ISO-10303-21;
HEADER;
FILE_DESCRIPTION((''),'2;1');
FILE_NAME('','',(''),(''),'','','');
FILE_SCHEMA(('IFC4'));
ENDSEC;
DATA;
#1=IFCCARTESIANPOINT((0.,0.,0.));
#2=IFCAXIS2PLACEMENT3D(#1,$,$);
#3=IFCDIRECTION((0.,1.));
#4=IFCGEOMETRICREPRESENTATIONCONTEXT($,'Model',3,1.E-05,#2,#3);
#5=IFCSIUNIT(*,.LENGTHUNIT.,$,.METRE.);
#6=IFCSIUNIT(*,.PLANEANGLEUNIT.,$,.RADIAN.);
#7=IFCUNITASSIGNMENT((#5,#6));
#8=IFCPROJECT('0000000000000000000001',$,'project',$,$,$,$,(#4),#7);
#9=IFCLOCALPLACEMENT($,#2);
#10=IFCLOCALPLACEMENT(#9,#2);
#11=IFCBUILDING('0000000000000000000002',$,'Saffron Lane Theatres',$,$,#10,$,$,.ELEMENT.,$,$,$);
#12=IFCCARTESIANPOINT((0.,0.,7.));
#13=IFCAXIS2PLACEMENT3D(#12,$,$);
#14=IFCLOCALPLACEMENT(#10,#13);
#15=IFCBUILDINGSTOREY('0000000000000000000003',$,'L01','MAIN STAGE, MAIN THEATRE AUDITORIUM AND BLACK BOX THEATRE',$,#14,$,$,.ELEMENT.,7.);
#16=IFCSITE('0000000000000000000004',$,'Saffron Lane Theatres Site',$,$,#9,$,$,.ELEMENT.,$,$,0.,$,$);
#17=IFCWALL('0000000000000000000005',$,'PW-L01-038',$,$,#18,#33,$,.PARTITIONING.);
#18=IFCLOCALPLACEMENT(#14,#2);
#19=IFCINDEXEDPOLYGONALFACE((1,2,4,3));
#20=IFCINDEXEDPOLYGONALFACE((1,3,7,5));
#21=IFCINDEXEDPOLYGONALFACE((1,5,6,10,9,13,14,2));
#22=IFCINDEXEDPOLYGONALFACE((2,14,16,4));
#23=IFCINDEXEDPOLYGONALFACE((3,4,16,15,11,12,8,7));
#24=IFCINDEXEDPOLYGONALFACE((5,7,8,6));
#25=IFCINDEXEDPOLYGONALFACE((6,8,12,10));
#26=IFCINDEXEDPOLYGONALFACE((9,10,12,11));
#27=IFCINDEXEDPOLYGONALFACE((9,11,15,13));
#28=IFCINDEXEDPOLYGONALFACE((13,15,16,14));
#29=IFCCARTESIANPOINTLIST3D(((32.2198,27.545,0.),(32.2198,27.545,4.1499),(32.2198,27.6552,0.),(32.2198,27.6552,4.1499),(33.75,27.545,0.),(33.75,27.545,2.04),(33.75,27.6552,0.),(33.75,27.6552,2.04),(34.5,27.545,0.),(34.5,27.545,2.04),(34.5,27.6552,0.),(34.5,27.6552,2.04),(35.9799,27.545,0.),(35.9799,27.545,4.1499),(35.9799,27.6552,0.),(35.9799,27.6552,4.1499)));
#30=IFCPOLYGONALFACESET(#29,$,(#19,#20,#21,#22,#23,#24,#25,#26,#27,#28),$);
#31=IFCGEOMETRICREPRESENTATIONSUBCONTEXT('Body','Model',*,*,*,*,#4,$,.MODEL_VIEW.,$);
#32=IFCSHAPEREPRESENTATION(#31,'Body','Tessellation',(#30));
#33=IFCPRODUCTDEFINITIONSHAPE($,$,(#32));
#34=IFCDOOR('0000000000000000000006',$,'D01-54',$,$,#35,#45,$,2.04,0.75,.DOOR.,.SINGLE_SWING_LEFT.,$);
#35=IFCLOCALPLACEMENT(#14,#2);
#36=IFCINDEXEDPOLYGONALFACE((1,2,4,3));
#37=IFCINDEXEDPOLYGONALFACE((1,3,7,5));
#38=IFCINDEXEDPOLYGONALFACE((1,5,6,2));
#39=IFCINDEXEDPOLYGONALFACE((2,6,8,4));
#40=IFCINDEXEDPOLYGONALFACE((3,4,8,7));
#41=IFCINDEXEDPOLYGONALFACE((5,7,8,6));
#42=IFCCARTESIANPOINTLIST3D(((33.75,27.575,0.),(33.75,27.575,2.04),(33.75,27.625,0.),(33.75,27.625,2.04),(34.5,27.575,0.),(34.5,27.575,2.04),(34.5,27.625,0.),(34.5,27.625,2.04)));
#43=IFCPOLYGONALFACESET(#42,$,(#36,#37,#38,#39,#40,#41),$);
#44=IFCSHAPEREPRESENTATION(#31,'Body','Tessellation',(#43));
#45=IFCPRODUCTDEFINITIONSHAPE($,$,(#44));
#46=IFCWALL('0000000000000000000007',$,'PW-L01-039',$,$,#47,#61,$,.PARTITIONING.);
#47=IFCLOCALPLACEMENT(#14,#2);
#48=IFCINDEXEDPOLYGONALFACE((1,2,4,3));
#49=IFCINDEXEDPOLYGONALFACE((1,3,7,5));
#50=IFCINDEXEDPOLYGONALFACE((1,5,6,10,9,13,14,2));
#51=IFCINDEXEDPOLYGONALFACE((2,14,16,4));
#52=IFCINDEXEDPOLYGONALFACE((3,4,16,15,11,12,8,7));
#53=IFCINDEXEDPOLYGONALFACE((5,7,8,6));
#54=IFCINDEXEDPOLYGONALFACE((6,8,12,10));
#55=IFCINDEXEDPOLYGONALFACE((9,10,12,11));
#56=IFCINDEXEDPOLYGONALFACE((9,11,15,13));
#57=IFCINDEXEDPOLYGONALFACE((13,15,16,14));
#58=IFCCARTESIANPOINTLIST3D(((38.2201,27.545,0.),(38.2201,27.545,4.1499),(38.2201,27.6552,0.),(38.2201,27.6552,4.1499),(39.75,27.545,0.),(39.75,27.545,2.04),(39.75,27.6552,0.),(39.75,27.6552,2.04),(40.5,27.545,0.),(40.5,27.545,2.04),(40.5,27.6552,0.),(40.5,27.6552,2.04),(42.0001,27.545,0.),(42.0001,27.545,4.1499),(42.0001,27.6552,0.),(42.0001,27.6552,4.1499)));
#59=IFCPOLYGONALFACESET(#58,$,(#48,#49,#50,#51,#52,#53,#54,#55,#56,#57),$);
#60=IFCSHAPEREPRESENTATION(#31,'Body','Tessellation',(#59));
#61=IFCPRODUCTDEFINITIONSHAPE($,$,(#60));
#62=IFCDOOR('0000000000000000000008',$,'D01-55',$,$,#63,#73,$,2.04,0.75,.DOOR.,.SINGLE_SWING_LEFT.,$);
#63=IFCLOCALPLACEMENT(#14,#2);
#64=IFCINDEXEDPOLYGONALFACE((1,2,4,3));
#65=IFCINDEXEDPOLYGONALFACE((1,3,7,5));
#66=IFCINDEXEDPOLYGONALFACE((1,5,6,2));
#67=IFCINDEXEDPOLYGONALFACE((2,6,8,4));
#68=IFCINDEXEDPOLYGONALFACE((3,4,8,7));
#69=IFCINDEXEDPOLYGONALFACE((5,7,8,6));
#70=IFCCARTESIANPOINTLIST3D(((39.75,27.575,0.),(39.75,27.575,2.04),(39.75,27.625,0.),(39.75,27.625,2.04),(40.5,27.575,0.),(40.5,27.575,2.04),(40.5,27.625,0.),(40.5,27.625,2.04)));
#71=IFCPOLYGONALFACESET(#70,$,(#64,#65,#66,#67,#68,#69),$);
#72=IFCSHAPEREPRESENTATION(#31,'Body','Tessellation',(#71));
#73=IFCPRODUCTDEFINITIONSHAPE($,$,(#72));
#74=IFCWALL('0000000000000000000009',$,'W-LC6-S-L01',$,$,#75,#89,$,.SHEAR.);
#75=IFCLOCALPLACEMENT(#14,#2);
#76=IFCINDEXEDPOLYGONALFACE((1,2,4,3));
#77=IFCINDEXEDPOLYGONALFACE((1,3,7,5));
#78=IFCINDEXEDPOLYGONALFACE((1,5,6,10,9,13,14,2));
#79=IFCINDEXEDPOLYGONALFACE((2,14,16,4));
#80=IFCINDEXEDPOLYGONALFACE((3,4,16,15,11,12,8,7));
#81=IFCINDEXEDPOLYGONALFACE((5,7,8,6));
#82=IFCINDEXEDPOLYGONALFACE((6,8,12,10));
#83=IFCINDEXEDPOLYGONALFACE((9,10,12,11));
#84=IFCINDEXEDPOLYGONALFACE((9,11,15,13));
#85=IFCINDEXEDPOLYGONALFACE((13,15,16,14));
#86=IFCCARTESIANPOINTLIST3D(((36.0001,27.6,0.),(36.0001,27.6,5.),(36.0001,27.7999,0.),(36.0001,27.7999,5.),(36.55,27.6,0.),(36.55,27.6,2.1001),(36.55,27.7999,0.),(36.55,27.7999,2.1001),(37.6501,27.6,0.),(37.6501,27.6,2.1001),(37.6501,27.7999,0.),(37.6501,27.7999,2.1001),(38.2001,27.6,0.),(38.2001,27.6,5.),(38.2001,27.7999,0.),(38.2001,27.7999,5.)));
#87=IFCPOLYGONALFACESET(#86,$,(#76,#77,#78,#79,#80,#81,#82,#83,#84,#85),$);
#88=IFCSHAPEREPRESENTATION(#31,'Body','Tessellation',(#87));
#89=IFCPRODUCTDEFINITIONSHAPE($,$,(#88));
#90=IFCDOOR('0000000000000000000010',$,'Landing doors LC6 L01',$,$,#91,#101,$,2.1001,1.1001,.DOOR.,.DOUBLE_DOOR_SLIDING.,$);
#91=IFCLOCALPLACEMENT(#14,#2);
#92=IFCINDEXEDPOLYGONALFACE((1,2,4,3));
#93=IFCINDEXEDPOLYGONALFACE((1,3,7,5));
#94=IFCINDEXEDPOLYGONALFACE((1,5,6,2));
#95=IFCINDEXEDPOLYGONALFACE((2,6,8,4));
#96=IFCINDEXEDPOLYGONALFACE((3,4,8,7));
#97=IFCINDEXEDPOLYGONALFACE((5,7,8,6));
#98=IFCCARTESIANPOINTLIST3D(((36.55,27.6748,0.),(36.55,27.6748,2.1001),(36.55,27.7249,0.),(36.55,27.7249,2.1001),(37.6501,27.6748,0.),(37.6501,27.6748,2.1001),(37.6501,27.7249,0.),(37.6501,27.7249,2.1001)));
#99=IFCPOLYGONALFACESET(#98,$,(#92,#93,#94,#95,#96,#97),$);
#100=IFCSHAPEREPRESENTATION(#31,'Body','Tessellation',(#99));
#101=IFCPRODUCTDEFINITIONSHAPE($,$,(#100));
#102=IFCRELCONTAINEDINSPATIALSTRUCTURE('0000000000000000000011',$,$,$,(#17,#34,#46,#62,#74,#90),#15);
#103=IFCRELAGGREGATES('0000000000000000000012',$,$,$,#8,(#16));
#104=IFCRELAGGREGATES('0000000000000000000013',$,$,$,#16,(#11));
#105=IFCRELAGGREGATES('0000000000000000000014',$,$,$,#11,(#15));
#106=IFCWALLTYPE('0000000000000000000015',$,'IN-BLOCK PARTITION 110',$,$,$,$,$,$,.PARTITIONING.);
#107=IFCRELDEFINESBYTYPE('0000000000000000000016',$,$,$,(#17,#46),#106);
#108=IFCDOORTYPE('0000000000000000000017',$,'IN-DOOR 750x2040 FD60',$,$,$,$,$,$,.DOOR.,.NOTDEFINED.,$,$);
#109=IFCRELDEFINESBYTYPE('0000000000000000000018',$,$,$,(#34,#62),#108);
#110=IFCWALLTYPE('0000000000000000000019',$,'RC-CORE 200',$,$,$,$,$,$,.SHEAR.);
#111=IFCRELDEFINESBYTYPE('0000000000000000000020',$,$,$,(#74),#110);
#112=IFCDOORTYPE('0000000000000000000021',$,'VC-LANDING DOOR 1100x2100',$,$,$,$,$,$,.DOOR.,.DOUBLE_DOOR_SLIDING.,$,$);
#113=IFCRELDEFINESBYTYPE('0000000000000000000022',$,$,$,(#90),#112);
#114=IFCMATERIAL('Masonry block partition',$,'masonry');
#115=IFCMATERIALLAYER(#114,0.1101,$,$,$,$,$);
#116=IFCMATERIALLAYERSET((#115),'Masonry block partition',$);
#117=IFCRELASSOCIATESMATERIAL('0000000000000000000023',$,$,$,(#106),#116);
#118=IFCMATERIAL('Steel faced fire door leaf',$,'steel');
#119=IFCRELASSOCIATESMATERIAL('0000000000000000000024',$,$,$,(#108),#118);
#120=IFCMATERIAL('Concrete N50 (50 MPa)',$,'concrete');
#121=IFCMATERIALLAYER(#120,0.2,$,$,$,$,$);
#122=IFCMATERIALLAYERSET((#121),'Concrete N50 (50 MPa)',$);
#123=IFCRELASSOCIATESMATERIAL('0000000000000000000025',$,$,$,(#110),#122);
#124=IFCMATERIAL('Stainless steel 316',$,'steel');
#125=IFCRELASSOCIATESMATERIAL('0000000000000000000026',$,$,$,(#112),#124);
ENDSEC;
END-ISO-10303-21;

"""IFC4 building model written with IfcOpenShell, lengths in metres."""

from ifc_helpers import new_model, si_unit, direction, frame, frame_2d, origin, place, context, subcontext, project, spatial, rectangle, extrude, material, layer, layer_set, type_object, element, fill, save


model = new_model("IFC4")

# Units and contexts
model_context = context("Model", 3, precision=1e-05, world=origin(), true_north=direction((0.0, 1.0)))
body_context = subcontext(model_context, "Body", "Model", "MODEL_VIEW")
ifc_project = project(units=[si_unit("LENGTHUNIT", "METRE"), si_unit("PLANEANGLEUNIT", "RADIAN")], contexts=[model_context])

# Site, building, storey
site_placement = place(None, origin())
site = spatial("IfcSite", under=ifc_project, at=site_placement, Name="Saffron Lane Theatres Site", CompositionType="ELEMENT", RefElevation=0.0)
building_placement = place(site_placement, origin())
building = spatial("IfcBuilding", under=site, at=building_placement, Name="Saffron Lane Theatres", CompositionType="ELEMENT")
storey_placement = place(building_placement, frame((0.0, 0.0, 7.0)))
storey = spatial("IfcBuildingStorey", under=building, at=storey_placement, Name="L01", Description="MAIN STAGE, MAIN THEATRE AUDITORIUM AND BLACK BOX THEATRE", CompositionType="ELEMENT", Elevation=7.0)

# Walls, openings, doors
ifc_material_1 = material(Name="Masonry block partition", Category="masonry")
ifc_layer_1 = layer(ifc_material_1, 0.1101)
ifc_layer_set_1 = layer_set([ifc_layer_1], Name="Masonry block partition")
wall_type_1 = type_object("IfcWallType", Name="IN-BLOCK PARTITION 110", PredefinedType="PARTITIONING", material=ifc_layer_set_1)
wall_1_placement = place(storey_placement, frame((32.22, 27.6001, 0.0), z_axis=(0.0, 0.0, 1.0), x_axis=(1.0, 0.0, 0.0)))
wall_1 = element("IfcWall", 1, at=wall_1_placement, inside=storey, type_object=wall_type_1, Name="PW-L01-038", PredefinedType="PARTITIONING", context=body_context, shape_type="SweptSolid", body=[
    extrude(rectangle(XDim=3.76, YDim=0.1101, at=frame_2d((1.8799, 0.0))), origin(), (0.0, 0.0, 1.0), 4.1499),
])
opening_1_placement = place(wall_1_placement, frame((1.53, 0.0, 0.0)))
opening_1 = element("IfcOpeningElement", 2, at=opening_1_placement, cuts=wall_1, PredefinedType="OPENING", context=body_context, shape_type="SweptSolid", body=[
    extrude(rectangle(XDim=0.75, YDim=2.04, at=frame_2d((0.375, 1.02))), frame((0.0, 0.0649, 0.0), z_axis=(0.0, -1.0, 0.0), x_axis=(1.0, 0.0, 0.0)), (0.0, 0.0, 1.0), 0.1301),
])
ifc_material_2 = material(Name="Steel faced fire door leaf", Category="steel")
door_type_1 = type_object("IfcDoorType", Name="IN-DOOR 750x2040 FD60", OperationType="NOTDEFINED", PredefinedType="DOOR", material=ifc_material_2)
door_1_placement = place(opening_1_placement, origin())
door_1 = element("IfcDoor", 3, at=door_1_placement, inside=storey, type_object=door_type_1, Name="D01-54", OperationType="SINGLE_SWING_LEFT", OverallHeight=2.04, OverallWidth=0.75, PredefinedType="DOOR", context=body_context, shape_type="SweptSolid", body=[
    extrude(rectangle(XDim=0.75, YDim=2.04, at=frame_2d((0.375, 1.02))), frame((0.0, 0.0249, 0.0), z_axis=(0.0, -1.0, 0.0), x_axis=(1.0, 0.0, 0.0)), (0.0, 0.0, 1.0), 0.05),
])
fill(opening_1, door_1)
wall_2_placement = place(storey_placement, frame((38.22, 27.6001, 0.0), z_axis=(0.0, 0.0, 1.0), x_axis=(1.0, 0.0, 0.0)))
wall_2 = element("IfcWall", 4, at=wall_2_placement, inside=storey, type_object=wall_type_1, Name="PW-L01-039", PredefinedType="PARTITIONING", context=body_context, shape_type="SweptSolid", body=[
    extrude(rectangle(XDim=3.78, YDim=0.1101, at=frame_2d((1.8901, 0.0))), origin(), (0.0, 0.0, 1.0), 4.1499),
])
opening_2_placement = place(wall_2_placement, frame((1.53, 0.0, 0.0)))
opening_2 = element("IfcOpeningElement", 5, at=opening_2_placement, cuts=wall_2, PredefinedType="OPENING", context=body_context, shape_type="SweptSolid", body=[
    extrude(rectangle(XDim=0.75, YDim=2.04, at=frame_2d((0.375, 1.02))), frame((0.0, 0.0649, 0.0), z_axis=(0.0, -1.0, 0.0), x_axis=(1.0, 0.0, 0.0)), (0.0, 0.0, 1.0), 0.1301),
])
door_2_placement = place(opening_2_placement, origin())
door_2 = element("IfcDoor", 6, at=door_2_placement, inside=storey, type_object=door_type_1, Name="D01-55", OperationType="SINGLE_SWING_LEFT", OverallHeight=2.04, OverallWidth=0.75, PredefinedType="DOOR", context=body_context, shape_type="SweptSolid", body=[
    extrude(rectangle(XDim=0.75, YDim=2.04, at=frame_2d((0.375, 1.02))), frame((0.0, 0.0249, 0.0), z_axis=(0.0, -1.0, 0.0), x_axis=(1.0, 0.0, 0.0)), (0.0, 0.0, 1.0), 0.05),
])
fill(opening_2, door_2)
ifc_material_3 = material(Name="Concrete N50 (50 MPa)", Category="concrete")
ifc_layer_2 = layer(ifc_material_3, 0.2)
ifc_layer_set_2 = layer_set([ifc_layer_2], Name="Concrete N50 (50 MPa)")
wall_type_2 = type_object("IfcWallType", Name="RC-CORE 200", PredefinedType="SHEAR", material=ifc_layer_set_2)
wall_3_placement = place(storey_placement, frame((36.0, 27.7, 0.0), z_axis=(0.0, 0.0, 1.0), x_axis=(1.0, 0.0, 0.0)))
wall_3 = element("IfcWall", 7, at=wall_3_placement, inside=storey, type_object=wall_type_2, Name="W-LC6-S-L01", PredefinedType="SHEAR", context=body_context, shape_type="SweptSolid", body=[
    extrude(rectangle(XDim=2.2, YDim=0.2, at=frame_2d((1.1001, 0.0))), origin(), (0.0, 0.0, 1.0), 5.0),
])
opening_3_placement = place(wall_3_placement, frame((0.55, 0.0, 0.0)))
opening_3 = element("IfcOpeningElement", 8, at=opening_3_placement, cuts=wall_3, PredefinedType="OPENING", context=body_context, shape_type="SweptSolid", body=[
    extrude(rectangle(XDim=1.1001, YDim=2.1001, at=frame_2d((0.55, 1.05))), frame((0.0, 0.1099, 0.0), z_axis=(0.0, -1.0, 0.0), x_axis=(1.0, 0.0, 0.0)), (0.0, 0.0, 1.0), 0.22),
])
ifc_material_4 = material(Name="Stainless steel 316", Category="steel")
door_type_2 = type_object("IfcDoorType", Name="VC-LANDING DOOR 1100x2100", OperationType="DOUBLE_DOOR_SLIDING", PredefinedType="DOOR", material=ifc_material_4)
door_3_placement = place(opening_3_placement, origin())
door_3 = element("IfcDoor", 9, at=door_3_placement, inside=storey, type_object=door_type_2, Name="Landing doors LC6 L01", OperationType="DOUBLE_DOOR_SLIDING", OverallHeight=2.1001, OverallWidth=1.1001, PredefinedType="DOOR", context=body_context, shape_type="SweptSolid", body=[
    extrude(rectangle(XDim=1.1001, YDim=2.1001, at=frame_2d((0.55, 1.05))), frame((0.0, 0.0249, 0.0), z_axis=(0.0, -1.0, 0.0), x_axis=(1.0, 0.0, 0.0)), (0.0, 0.0, 1.0), 0.05),
])
fill(opening_3, door_3)

save(model, "model.ifc")
